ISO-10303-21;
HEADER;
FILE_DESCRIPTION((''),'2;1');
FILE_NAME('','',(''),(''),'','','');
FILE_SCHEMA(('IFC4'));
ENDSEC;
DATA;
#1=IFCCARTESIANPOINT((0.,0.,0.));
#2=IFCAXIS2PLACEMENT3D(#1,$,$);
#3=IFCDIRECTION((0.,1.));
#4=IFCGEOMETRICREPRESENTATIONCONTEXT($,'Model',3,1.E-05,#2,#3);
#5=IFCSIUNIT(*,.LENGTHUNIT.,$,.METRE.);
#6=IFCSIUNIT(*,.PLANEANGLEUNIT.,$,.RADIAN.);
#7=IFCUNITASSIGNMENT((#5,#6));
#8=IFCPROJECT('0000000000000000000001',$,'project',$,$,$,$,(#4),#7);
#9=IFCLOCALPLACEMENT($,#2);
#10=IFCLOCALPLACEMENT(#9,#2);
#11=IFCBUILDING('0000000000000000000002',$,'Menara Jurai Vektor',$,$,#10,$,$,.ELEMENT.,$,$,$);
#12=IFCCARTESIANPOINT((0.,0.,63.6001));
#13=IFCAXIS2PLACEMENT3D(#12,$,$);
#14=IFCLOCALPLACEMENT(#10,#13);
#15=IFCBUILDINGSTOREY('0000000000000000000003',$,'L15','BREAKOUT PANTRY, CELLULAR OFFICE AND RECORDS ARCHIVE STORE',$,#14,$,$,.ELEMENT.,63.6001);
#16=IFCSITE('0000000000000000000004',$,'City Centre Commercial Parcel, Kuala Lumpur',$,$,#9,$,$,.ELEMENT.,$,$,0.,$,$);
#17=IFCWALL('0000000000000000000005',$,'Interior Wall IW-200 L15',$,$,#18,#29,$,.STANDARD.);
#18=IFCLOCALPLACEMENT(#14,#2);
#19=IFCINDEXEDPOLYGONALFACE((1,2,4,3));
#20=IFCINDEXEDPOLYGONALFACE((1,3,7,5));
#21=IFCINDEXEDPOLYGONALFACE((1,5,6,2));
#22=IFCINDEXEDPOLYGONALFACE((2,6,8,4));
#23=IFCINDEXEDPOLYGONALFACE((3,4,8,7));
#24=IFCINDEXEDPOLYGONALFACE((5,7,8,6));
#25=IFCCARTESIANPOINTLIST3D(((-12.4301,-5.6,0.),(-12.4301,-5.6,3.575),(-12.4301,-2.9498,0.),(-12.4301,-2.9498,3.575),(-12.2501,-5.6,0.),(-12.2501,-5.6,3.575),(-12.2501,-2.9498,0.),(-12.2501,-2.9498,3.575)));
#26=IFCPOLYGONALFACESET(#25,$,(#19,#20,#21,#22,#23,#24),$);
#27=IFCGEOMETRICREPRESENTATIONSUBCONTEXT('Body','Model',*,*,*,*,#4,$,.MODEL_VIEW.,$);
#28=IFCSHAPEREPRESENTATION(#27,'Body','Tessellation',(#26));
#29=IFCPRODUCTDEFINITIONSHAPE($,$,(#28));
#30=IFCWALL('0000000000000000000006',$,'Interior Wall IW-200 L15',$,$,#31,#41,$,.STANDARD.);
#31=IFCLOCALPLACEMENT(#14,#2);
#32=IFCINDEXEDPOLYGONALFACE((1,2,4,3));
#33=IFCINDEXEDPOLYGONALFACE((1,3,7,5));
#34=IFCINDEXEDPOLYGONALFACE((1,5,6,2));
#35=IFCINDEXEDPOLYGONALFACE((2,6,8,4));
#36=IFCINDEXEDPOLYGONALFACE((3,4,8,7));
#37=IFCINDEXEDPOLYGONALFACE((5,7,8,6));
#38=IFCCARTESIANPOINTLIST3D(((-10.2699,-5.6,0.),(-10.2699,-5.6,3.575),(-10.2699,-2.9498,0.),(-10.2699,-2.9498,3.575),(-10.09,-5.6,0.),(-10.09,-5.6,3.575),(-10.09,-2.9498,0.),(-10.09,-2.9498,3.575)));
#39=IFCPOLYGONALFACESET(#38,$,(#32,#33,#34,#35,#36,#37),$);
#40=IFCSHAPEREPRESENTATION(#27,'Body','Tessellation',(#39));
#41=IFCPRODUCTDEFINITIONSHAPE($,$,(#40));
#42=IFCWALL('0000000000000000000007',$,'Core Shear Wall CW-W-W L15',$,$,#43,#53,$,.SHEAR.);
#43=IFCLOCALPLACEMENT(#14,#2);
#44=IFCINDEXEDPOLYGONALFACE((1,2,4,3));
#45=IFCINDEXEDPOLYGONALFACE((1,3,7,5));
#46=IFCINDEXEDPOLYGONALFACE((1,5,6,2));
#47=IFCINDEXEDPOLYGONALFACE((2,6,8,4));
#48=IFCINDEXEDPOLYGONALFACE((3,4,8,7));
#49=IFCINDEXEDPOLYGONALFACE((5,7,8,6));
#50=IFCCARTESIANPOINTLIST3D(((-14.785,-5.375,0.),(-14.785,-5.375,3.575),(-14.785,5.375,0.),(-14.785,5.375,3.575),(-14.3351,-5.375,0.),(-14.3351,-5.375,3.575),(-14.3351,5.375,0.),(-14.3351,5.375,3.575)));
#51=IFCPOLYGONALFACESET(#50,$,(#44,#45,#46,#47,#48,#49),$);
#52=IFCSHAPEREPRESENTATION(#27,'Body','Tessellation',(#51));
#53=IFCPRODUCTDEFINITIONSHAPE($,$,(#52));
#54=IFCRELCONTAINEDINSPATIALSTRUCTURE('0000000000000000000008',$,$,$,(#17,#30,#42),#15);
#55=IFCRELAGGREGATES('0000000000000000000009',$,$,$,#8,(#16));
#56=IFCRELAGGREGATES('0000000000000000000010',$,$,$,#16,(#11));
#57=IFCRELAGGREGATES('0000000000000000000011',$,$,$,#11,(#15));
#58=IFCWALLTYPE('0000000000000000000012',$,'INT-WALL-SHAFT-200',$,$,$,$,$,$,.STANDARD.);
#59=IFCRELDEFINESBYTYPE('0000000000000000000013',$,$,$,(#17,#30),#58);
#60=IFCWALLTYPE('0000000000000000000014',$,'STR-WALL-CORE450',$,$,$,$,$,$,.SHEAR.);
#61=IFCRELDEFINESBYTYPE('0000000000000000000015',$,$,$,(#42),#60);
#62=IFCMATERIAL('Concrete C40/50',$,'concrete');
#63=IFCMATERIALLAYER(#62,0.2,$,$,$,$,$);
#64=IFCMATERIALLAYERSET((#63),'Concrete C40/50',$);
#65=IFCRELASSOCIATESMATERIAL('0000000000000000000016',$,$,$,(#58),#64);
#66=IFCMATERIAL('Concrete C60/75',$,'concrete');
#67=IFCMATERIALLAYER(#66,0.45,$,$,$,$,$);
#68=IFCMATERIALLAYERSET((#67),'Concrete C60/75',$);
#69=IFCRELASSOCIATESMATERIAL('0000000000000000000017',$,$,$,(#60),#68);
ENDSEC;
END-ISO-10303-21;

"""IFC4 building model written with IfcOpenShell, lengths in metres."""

from ifc_helpers import new_model, si_unit, direction, frame, frame_2d, origin, place, context, subcontext, project, spatial, rectangle, extrude, material, layer, layer_set, type_object, element, save


model = new_model("IFC4")

# Units and contexts
model_context = context("Model", 3, precision=1e-05, world=origin(), true_north=direction((0.0, 1.0)))
body_context = subcontext(model_context, "Body", "Model", "MODEL_VIEW")
ifc_project = project(units=[si_unit("LENGTHUNIT", "METRE"), si_unit("PLANEANGLEUNIT", "RADIAN")], contexts=[model_context])

# Site, building, storey
site_placement = place(None, origin())
site = spatial("IfcSite", under=ifc_project, at=site_placement, Name="City Centre Commercial Parcel, Kuala Lumpur", CompositionType="ELEMENT", RefElevation=0.0)
building_placement = place(site_placement, origin())
building = spatial("IfcBuilding", under=site, at=building_placement, Name="Menara Jurai Vektor", CompositionType="ELEMENT")
storey_placement = place(building_placement, frame((0.0, 0.0, 63.6001)))
storey = spatial("IfcBuildingStorey", under=building, at=storey_placement, Name="L15", Description="BREAKOUT PANTRY, CELLULAR OFFICE AND RECORDS ARCHIVE STORE", CompositionType="ELEMENT", Elevation=63.6001)

# Shared definitions
ifc_material_1 = material(Name="Concrete C60/75", Category="concrete")

# Shared definitions
ifc_material_2 = material(Name="Concrete C40/50", Category="concrete")

# Shared definitions
ifc_layer_1 = layer(ifc_material_2, 0.2)
ifc_layer_set_1 = layer_set([ifc_layer_1], Name="Concrete C40/50")
wall_type_1 = type_object("IfcWallType", Name="INT-WALL-SHAFT-200", PredefinedType="STANDARD", material=ifc_layer_set_1)

# Walls
for number, where, z_axis, x_axis, name in (
    (1, (-12.3401, -5.6001, 0.0), (0.0, 0.0, 1.0), (0.0, 1.0, 0.0), "Interior Wall IW-200 L15"),
    (2, (-10.1799, -5.6001, 0.0), (0.0, 0.0, 1.0), (0.0, 1.0, 0.0), "Interior Wall IW-200 L15"),
):
    element("IfcWall", number, at=place(storey_placement, frame(where, z_axis=z_axis, x_axis=x_axis)), inside=storey, type_object=wall_type_1, Name=name, PredefinedType="STANDARD", context=body_context, shape_type="SweptSolid", body=[
        extrude(rectangle(XDim=2.6501, YDim=0.1799, at=frame_2d((1.3252, 0.0))), origin(), (0.0, 0.0, 1.0), 3.575),
    ])
ifc_layer_2 = layer(ifc_material_1, 0.45)
ifc_layer_set_2 = layer_set([ifc_layer_2], Name="Concrete C60/75")
wall_type_2 = type_object("IfcWallType", Name="STR-WALL-CORE450", PredefinedType="SHEAR", material=ifc_layer_set_2)
wall_1_placement = place(storey_placement, frame((-14.5601, -5.375, 0.0), z_axis=(0.0, 0.0, 1.0), x_axis=(0.0, 1.0, 0.0)))
element("IfcWall", 3, at=wall_1_placement, inside=storey, type_object=wall_type_2, Name="Core Shear Wall CW-W-W L15", PredefinedType="SHEAR", context=body_context, shape_type="SweptSolid", body=[
    extrude(rectangle(XDim=10.75, YDim=0.45, at=frame_2d((5.375, 0.0))), origin(), (0.0, 0.0, 1.0), 3.575),
])

save(model, "model.ifc")
